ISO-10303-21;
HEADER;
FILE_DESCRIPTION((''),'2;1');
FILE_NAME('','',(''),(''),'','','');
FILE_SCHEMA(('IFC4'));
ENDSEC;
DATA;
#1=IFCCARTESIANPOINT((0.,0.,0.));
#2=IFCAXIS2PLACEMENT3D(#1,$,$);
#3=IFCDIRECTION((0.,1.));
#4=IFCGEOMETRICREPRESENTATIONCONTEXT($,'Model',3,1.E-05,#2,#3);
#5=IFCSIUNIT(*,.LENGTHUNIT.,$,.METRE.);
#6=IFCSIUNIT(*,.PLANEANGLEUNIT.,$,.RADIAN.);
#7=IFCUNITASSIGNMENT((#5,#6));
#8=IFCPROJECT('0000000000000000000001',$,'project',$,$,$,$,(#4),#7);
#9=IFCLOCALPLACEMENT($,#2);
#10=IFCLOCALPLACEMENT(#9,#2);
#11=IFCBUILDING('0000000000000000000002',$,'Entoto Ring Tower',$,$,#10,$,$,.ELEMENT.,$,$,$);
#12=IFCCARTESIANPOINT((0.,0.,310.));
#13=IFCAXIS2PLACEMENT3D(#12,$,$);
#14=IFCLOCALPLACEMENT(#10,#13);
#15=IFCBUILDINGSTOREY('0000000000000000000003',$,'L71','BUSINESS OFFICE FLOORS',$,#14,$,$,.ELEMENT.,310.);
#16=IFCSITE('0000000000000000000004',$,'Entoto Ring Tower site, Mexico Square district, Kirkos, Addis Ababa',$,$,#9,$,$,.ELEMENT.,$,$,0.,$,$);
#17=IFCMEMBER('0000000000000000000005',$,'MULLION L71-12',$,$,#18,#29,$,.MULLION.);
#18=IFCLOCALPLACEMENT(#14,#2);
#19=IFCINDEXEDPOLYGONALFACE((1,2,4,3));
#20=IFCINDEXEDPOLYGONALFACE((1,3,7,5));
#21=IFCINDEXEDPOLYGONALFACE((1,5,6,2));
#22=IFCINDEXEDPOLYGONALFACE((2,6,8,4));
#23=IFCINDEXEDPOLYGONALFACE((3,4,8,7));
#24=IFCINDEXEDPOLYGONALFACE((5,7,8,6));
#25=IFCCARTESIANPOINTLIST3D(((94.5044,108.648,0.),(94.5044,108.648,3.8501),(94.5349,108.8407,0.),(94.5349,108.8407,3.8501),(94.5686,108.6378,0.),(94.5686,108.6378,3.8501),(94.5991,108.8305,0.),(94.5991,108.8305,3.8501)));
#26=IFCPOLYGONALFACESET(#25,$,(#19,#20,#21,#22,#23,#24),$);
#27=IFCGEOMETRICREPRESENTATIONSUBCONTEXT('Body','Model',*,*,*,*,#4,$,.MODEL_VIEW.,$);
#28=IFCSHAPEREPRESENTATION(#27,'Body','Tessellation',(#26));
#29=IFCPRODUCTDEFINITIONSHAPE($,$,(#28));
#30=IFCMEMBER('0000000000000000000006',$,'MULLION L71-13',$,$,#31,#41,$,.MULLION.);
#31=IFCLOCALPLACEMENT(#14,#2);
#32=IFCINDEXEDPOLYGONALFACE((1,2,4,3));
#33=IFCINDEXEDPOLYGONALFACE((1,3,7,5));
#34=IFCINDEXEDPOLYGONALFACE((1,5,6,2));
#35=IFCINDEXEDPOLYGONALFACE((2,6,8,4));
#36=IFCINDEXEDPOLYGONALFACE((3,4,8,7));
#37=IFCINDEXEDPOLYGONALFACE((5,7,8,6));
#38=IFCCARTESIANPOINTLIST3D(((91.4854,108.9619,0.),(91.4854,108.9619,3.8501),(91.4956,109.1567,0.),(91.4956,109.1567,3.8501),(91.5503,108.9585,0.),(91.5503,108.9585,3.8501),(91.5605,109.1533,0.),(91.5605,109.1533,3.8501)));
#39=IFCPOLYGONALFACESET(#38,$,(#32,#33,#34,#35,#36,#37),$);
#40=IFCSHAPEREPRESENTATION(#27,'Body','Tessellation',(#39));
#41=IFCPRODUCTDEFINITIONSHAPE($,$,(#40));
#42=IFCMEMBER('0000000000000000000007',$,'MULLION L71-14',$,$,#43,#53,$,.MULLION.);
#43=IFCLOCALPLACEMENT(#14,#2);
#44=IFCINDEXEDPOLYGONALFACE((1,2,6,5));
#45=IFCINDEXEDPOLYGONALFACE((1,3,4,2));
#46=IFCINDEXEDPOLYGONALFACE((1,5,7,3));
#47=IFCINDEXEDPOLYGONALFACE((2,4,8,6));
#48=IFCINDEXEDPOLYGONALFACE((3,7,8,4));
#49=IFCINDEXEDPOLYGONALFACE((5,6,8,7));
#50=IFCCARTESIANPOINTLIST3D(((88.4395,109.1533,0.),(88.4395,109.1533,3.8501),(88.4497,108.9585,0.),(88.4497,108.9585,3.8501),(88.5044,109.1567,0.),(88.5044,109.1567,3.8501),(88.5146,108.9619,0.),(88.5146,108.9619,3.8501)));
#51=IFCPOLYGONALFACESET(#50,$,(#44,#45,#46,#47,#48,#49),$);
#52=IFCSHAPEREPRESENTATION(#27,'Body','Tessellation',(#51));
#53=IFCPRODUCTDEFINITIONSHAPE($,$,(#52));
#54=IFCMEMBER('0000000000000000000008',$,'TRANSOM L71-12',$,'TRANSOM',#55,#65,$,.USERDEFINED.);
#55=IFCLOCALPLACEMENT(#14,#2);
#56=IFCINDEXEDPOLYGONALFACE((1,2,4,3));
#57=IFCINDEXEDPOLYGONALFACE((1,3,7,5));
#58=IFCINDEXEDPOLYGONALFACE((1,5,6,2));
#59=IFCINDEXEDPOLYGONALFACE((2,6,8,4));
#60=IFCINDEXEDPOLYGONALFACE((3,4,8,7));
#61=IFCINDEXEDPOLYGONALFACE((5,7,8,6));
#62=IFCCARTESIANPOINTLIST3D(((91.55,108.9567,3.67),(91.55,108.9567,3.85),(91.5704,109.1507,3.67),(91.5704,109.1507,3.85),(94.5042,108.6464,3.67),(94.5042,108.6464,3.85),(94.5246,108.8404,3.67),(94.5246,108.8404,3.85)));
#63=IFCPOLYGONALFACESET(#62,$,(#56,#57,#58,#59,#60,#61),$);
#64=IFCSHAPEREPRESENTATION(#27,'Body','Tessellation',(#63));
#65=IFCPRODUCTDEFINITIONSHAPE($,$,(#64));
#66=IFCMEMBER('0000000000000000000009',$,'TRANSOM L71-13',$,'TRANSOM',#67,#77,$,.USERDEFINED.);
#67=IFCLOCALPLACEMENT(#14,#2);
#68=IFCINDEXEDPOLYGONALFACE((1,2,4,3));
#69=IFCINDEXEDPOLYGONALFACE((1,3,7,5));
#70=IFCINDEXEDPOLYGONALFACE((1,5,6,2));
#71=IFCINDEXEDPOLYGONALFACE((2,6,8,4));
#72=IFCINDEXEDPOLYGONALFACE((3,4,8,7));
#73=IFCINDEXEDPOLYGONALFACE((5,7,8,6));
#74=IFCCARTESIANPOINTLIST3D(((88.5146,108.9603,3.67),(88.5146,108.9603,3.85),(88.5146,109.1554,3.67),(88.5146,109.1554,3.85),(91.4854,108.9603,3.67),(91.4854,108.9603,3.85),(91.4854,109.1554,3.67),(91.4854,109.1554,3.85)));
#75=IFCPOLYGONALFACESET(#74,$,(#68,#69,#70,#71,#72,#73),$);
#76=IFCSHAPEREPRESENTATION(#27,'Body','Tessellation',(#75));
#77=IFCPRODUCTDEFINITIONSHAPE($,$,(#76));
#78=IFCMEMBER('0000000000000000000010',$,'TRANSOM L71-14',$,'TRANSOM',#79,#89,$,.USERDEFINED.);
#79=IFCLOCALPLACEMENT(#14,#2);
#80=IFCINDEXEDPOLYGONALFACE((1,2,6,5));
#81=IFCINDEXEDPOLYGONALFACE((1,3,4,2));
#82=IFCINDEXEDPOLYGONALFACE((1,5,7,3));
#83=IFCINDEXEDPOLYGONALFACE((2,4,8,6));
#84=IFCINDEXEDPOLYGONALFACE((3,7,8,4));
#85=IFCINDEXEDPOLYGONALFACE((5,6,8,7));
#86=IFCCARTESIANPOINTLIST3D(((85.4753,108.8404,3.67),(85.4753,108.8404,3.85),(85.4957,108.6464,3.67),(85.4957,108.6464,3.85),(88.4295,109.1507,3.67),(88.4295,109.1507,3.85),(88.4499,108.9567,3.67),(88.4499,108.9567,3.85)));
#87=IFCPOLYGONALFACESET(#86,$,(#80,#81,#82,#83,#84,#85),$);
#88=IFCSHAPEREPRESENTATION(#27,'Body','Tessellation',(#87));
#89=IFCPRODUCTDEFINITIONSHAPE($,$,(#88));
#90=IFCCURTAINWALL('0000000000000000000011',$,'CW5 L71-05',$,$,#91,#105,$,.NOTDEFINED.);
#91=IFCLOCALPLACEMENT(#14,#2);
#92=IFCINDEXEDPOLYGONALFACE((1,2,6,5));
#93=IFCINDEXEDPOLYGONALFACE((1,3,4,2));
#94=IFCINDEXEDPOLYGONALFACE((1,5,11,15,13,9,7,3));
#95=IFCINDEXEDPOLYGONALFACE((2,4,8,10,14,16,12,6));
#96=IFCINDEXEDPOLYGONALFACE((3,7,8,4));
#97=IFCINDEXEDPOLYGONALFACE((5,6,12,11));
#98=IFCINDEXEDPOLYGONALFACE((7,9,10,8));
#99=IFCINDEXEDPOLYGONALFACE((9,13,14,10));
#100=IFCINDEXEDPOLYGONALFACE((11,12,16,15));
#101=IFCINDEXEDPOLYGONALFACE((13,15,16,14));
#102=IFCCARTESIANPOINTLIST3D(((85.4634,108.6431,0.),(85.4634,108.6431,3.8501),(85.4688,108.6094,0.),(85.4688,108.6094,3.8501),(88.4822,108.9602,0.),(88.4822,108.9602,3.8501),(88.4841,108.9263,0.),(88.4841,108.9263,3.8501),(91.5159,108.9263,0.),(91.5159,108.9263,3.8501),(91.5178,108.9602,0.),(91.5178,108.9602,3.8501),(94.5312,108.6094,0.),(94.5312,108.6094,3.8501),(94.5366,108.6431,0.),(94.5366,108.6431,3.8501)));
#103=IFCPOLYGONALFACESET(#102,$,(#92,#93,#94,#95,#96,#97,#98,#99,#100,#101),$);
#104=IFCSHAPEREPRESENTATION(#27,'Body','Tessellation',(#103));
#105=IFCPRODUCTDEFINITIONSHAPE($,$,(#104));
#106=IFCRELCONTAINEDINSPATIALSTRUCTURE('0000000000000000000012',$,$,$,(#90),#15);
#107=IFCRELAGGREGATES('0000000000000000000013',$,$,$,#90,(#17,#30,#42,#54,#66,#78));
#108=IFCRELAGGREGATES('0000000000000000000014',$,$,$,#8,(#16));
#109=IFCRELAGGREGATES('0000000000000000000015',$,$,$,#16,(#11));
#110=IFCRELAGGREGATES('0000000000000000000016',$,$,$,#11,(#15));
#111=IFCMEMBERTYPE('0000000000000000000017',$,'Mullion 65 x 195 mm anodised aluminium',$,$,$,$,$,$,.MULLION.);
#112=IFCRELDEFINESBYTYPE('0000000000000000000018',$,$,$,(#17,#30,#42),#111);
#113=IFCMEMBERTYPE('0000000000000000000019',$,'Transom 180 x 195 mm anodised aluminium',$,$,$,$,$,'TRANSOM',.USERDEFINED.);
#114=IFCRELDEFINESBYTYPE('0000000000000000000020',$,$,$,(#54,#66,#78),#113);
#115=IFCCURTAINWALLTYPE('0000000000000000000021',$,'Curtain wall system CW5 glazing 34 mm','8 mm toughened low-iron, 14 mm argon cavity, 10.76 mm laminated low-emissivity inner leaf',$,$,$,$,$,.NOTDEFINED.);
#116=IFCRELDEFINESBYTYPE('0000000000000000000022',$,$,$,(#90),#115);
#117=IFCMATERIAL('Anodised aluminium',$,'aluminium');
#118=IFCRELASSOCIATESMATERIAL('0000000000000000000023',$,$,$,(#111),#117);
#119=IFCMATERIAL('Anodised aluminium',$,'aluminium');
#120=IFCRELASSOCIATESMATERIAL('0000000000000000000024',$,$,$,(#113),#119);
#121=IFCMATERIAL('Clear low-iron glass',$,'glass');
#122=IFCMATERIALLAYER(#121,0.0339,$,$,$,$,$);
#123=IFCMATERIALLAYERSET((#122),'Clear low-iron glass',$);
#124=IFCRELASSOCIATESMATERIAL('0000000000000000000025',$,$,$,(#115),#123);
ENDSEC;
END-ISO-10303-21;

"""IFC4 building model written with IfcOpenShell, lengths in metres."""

from ifc_helpers import new_model, si_unit, direction, frame, origin, origin_2d, place, context, subcontext, project, spatial, polyline, rectangle, outline, extrude, material, layer, layer_set, material_profile, profile_set, type_object, element, aggregate, save


model = new_model("IFC4")

# Units and contexts
model_context = context("Model", 3, precision=1e-05, world=origin(), true_north=direction((0.0, 1.0)))
body_context = subcontext(model_context, "Body", "Model", "MODEL_VIEW")
ifc_project = project(units=[si_unit("LENGTHUNIT", "METRE"), si_unit("PLANEANGLEUNIT", "RADIAN")], contexts=[model_context])

# Members
ifc_material_1 = material(Name="Anodised aluminium", Category="aluminium")
ifc_material_profile_1 = material_profile(ifc_material_1, rectangle(XDim=0.0649, YDim=0.1951, at=origin_2d()), Name="Mullion 65 x 195 mm anodised aluminium")
ifc_profile_set_1 = profile_set([ifc_material_profile_1], Name="Anodised aluminium")
member_type_1 = type_object("IfcMemberType", Name="Mullion 65 x 195 mm anodised aluminium", PredefinedType="MULLION", material=ifc_profile_set_1)
site_placement = place(None, origin())
building_placement = place(site_placement, origin())
storey_placement = place(building_placement, frame((0.0, 0.0, 310.0)))
member_1_placement = place(storey_placement, frame((94.5518, 108.7393, 0.0), z_axis=(0.0, 0.0, 1.0), x_axis=(-0.987688, 0.156434, 0.0)))
member_1 = element("IfcMember", 1, at=member_1_placement, type_object=member_type_1, Name="MULLION L71-12", PredefinedType="MULLION", context=body_context, shape_type="SweptSolid", body=[
    extrude(rectangle(XDim=0.0649, YDim=0.1951, at=origin_2d()), origin(), (0.0, 0.0, 1.0), 3.8501),
])
member_2_placement = place(storey_placement, frame((91.5229, 109.0576, 0.0), z_axis=(0.0, 0.0, 1.0), x_axis=(-0.99863, 0.052336, 0.0)))
member_2 = element("IfcMember", 2, at=member_2_placement, type_object=member_type_1, Name="MULLION L71-13", PredefinedType="MULLION", context=body_context, shape_type="SweptSolid", body=[
    extrude(rectangle(XDim=0.0649, YDim=0.1951, at=origin_2d()), origin(), (0.0, 0.0, 1.0), 3.8501),
])
member_3_placement = place(storey_placement, frame((88.4771, 109.0576, 0.0), z_axis=(0.0, 0.0, 1.0), x_axis=(-0.99863, -0.052336, 0.0)))
member_3 = element("IfcMember", 3, at=member_3_placement, type_object=member_type_1, Name="MULLION L71-14", PredefinedType="MULLION", context=body_context, shape_type="SweptSolid", body=[
    extrude(rectangle(XDim=0.0649, YDim=0.1951, at=origin_2d()), origin(), (0.0, 0.0, 1.0), 3.8501),
])
ifc_material_2 = material(Name="Anodised aluminium", Category="aluminium")
ifc_material_profile_2 = material_profile(ifc_material_2, rectangle(XDim=0.1951, YDim=0.1799, at=origin_2d()), Name="Transom 180 x 195 mm anodised aluminium")
ifc_profile_set_2 = profile_set([ifc_material_profile_2], Name="Anodised aluminium")
member_type_2 = type_object("IfcMemberType", Name="Transom 180 x 195 mm anodised aluminium", ElementType="TRANSOM", PredefinedType="USERDEFINED", material=ifc_profile_set_2)
member_4_placement = place(storey_placement, frame((94.5144, 108.7434, 3.76), z_axis=(-0.994528, 0.104467, 0.0), x_axis=(-0.104467, -0.994528, 0.0)))
member_4 = element("IfcMember", 4, at=member_4_placement, type_object=member_type_2, Name="TRANSOM L71-12", ObjectType="TRANSOM", PredefinedType="USERDEFINED", context=body_context, shape_type="SweptSolid", body=[
    extrude(rectangle(XDim=0.1951, YDim=0.1799, at=origin_2d()), origin(), (0.0, 0.0, 1.0), 2.9705),
])
member_5_placement = place(storey_placement, frame((91.4854, 109.0579, 3.76), z_axis=(-1.0, 0.0, 0.0), x_axis=(0.0, -1.0, 0.0)))
member_5 = element("IfcMember", 5, at=member_5_placement, type_object=member_type_2, Name="TRANSOM L71-13", ObjectType="TRANSOM", PredefinedType="USERDEFINED", context=body_context, shape_type="SweptSolid", body=[
    extrude(rectangle(XDim=0.1951, YDim=0.1799, at=origin_2d()), origin(), (0.0, 0.0, 1.0), 2.9707),
])
member_6_placement = place(storey_placement, frame((88.4397, 109.0537, 3.76), z_axis=(-0.994528, -0.104467, 0.0), x_axis=(0.104467, -0.994528, 0.0)))
member_6 = element("IfcMember", 6, at=member_6_placement, type_object=member_type_2, Name="TRANSOM L71-14", ObjectType="TRANSOM", PredefinedType="USERDEFINED", context=body_context, shape_type="SweptSolid", body=[
    extrude(rectangle(XDim=0.1951, YDim=0.1799, at=origin_2d()), origin(), (0.0, 0.0, 1.0), 2.9705),
])

# Site, building, storey
site = spatial("IfcSite", under=ifc_project, at=site_placement, Name="Entoto Ring Tower site, Mexico Square district, Kirkos, Addis Ababa", CompositionType="ELEMENT", RefElevation=0.0)
building = spatial("IfcBuilding", under=site, at=building_placement, Name="Entoto Ring Tower", CompositionType="ELEMENT")
storey = spatial("IfcBuildingStorey", under=building, at=storey_placement, Name="L71", Description="BUSINESS OFFICE FLOORS", CompositionType="ELEMENT", Elevation=310.0)

# Curtain wall
ifc_material_3 = material(Name="Clear low-iron glass", Category="glass")
ifc_layer = layer(ifc_material_3, 0.0339)
ifc_layer_set = layer_set([ifc_layer], Name="Clear low-iron glass")
curtain_wall_type = type_object("IfcCurtainWallType", Name="Curtain wall system CW5 glazing 34 mm", Description="8 mm toughened low-iron, 14 mm argon cavity, 10.76 mm laminated low-emissivity inner leaf", PredefinedType="NOTDEFINED", material=ifc_layer_set)
curtain_wall_1_placement = place(storey_placement, origin())
curtain_wall_1 = element("IfcCurtainWall", 7, at=curtain_wall_1_placement, inside=storey, type_object=curtain_wall_type, Name="CW5 L71-05", PredefinedType="NOTDEFINED", context=body_context, shape_type="SweptSolid", body=[
    extrude(outline(polyline([(94.5366, 108.6431), (91.5178, 108.9602), (88.4822, 108.9602), (85.4634, 108.6431), (85.4688, 108.6094), (88.4841, 108.9263), (91.5159, 108.9263), (94.5312, 108.6094), (94.5366, 108.6431)])), origin(), (0.0, 0.0, 1.0), 3.8501),
])
aggregate(curtain_wall_1, [member_1, member_2, member_3, member_4, member_5, member_6])

save(model, "model.ifc")
